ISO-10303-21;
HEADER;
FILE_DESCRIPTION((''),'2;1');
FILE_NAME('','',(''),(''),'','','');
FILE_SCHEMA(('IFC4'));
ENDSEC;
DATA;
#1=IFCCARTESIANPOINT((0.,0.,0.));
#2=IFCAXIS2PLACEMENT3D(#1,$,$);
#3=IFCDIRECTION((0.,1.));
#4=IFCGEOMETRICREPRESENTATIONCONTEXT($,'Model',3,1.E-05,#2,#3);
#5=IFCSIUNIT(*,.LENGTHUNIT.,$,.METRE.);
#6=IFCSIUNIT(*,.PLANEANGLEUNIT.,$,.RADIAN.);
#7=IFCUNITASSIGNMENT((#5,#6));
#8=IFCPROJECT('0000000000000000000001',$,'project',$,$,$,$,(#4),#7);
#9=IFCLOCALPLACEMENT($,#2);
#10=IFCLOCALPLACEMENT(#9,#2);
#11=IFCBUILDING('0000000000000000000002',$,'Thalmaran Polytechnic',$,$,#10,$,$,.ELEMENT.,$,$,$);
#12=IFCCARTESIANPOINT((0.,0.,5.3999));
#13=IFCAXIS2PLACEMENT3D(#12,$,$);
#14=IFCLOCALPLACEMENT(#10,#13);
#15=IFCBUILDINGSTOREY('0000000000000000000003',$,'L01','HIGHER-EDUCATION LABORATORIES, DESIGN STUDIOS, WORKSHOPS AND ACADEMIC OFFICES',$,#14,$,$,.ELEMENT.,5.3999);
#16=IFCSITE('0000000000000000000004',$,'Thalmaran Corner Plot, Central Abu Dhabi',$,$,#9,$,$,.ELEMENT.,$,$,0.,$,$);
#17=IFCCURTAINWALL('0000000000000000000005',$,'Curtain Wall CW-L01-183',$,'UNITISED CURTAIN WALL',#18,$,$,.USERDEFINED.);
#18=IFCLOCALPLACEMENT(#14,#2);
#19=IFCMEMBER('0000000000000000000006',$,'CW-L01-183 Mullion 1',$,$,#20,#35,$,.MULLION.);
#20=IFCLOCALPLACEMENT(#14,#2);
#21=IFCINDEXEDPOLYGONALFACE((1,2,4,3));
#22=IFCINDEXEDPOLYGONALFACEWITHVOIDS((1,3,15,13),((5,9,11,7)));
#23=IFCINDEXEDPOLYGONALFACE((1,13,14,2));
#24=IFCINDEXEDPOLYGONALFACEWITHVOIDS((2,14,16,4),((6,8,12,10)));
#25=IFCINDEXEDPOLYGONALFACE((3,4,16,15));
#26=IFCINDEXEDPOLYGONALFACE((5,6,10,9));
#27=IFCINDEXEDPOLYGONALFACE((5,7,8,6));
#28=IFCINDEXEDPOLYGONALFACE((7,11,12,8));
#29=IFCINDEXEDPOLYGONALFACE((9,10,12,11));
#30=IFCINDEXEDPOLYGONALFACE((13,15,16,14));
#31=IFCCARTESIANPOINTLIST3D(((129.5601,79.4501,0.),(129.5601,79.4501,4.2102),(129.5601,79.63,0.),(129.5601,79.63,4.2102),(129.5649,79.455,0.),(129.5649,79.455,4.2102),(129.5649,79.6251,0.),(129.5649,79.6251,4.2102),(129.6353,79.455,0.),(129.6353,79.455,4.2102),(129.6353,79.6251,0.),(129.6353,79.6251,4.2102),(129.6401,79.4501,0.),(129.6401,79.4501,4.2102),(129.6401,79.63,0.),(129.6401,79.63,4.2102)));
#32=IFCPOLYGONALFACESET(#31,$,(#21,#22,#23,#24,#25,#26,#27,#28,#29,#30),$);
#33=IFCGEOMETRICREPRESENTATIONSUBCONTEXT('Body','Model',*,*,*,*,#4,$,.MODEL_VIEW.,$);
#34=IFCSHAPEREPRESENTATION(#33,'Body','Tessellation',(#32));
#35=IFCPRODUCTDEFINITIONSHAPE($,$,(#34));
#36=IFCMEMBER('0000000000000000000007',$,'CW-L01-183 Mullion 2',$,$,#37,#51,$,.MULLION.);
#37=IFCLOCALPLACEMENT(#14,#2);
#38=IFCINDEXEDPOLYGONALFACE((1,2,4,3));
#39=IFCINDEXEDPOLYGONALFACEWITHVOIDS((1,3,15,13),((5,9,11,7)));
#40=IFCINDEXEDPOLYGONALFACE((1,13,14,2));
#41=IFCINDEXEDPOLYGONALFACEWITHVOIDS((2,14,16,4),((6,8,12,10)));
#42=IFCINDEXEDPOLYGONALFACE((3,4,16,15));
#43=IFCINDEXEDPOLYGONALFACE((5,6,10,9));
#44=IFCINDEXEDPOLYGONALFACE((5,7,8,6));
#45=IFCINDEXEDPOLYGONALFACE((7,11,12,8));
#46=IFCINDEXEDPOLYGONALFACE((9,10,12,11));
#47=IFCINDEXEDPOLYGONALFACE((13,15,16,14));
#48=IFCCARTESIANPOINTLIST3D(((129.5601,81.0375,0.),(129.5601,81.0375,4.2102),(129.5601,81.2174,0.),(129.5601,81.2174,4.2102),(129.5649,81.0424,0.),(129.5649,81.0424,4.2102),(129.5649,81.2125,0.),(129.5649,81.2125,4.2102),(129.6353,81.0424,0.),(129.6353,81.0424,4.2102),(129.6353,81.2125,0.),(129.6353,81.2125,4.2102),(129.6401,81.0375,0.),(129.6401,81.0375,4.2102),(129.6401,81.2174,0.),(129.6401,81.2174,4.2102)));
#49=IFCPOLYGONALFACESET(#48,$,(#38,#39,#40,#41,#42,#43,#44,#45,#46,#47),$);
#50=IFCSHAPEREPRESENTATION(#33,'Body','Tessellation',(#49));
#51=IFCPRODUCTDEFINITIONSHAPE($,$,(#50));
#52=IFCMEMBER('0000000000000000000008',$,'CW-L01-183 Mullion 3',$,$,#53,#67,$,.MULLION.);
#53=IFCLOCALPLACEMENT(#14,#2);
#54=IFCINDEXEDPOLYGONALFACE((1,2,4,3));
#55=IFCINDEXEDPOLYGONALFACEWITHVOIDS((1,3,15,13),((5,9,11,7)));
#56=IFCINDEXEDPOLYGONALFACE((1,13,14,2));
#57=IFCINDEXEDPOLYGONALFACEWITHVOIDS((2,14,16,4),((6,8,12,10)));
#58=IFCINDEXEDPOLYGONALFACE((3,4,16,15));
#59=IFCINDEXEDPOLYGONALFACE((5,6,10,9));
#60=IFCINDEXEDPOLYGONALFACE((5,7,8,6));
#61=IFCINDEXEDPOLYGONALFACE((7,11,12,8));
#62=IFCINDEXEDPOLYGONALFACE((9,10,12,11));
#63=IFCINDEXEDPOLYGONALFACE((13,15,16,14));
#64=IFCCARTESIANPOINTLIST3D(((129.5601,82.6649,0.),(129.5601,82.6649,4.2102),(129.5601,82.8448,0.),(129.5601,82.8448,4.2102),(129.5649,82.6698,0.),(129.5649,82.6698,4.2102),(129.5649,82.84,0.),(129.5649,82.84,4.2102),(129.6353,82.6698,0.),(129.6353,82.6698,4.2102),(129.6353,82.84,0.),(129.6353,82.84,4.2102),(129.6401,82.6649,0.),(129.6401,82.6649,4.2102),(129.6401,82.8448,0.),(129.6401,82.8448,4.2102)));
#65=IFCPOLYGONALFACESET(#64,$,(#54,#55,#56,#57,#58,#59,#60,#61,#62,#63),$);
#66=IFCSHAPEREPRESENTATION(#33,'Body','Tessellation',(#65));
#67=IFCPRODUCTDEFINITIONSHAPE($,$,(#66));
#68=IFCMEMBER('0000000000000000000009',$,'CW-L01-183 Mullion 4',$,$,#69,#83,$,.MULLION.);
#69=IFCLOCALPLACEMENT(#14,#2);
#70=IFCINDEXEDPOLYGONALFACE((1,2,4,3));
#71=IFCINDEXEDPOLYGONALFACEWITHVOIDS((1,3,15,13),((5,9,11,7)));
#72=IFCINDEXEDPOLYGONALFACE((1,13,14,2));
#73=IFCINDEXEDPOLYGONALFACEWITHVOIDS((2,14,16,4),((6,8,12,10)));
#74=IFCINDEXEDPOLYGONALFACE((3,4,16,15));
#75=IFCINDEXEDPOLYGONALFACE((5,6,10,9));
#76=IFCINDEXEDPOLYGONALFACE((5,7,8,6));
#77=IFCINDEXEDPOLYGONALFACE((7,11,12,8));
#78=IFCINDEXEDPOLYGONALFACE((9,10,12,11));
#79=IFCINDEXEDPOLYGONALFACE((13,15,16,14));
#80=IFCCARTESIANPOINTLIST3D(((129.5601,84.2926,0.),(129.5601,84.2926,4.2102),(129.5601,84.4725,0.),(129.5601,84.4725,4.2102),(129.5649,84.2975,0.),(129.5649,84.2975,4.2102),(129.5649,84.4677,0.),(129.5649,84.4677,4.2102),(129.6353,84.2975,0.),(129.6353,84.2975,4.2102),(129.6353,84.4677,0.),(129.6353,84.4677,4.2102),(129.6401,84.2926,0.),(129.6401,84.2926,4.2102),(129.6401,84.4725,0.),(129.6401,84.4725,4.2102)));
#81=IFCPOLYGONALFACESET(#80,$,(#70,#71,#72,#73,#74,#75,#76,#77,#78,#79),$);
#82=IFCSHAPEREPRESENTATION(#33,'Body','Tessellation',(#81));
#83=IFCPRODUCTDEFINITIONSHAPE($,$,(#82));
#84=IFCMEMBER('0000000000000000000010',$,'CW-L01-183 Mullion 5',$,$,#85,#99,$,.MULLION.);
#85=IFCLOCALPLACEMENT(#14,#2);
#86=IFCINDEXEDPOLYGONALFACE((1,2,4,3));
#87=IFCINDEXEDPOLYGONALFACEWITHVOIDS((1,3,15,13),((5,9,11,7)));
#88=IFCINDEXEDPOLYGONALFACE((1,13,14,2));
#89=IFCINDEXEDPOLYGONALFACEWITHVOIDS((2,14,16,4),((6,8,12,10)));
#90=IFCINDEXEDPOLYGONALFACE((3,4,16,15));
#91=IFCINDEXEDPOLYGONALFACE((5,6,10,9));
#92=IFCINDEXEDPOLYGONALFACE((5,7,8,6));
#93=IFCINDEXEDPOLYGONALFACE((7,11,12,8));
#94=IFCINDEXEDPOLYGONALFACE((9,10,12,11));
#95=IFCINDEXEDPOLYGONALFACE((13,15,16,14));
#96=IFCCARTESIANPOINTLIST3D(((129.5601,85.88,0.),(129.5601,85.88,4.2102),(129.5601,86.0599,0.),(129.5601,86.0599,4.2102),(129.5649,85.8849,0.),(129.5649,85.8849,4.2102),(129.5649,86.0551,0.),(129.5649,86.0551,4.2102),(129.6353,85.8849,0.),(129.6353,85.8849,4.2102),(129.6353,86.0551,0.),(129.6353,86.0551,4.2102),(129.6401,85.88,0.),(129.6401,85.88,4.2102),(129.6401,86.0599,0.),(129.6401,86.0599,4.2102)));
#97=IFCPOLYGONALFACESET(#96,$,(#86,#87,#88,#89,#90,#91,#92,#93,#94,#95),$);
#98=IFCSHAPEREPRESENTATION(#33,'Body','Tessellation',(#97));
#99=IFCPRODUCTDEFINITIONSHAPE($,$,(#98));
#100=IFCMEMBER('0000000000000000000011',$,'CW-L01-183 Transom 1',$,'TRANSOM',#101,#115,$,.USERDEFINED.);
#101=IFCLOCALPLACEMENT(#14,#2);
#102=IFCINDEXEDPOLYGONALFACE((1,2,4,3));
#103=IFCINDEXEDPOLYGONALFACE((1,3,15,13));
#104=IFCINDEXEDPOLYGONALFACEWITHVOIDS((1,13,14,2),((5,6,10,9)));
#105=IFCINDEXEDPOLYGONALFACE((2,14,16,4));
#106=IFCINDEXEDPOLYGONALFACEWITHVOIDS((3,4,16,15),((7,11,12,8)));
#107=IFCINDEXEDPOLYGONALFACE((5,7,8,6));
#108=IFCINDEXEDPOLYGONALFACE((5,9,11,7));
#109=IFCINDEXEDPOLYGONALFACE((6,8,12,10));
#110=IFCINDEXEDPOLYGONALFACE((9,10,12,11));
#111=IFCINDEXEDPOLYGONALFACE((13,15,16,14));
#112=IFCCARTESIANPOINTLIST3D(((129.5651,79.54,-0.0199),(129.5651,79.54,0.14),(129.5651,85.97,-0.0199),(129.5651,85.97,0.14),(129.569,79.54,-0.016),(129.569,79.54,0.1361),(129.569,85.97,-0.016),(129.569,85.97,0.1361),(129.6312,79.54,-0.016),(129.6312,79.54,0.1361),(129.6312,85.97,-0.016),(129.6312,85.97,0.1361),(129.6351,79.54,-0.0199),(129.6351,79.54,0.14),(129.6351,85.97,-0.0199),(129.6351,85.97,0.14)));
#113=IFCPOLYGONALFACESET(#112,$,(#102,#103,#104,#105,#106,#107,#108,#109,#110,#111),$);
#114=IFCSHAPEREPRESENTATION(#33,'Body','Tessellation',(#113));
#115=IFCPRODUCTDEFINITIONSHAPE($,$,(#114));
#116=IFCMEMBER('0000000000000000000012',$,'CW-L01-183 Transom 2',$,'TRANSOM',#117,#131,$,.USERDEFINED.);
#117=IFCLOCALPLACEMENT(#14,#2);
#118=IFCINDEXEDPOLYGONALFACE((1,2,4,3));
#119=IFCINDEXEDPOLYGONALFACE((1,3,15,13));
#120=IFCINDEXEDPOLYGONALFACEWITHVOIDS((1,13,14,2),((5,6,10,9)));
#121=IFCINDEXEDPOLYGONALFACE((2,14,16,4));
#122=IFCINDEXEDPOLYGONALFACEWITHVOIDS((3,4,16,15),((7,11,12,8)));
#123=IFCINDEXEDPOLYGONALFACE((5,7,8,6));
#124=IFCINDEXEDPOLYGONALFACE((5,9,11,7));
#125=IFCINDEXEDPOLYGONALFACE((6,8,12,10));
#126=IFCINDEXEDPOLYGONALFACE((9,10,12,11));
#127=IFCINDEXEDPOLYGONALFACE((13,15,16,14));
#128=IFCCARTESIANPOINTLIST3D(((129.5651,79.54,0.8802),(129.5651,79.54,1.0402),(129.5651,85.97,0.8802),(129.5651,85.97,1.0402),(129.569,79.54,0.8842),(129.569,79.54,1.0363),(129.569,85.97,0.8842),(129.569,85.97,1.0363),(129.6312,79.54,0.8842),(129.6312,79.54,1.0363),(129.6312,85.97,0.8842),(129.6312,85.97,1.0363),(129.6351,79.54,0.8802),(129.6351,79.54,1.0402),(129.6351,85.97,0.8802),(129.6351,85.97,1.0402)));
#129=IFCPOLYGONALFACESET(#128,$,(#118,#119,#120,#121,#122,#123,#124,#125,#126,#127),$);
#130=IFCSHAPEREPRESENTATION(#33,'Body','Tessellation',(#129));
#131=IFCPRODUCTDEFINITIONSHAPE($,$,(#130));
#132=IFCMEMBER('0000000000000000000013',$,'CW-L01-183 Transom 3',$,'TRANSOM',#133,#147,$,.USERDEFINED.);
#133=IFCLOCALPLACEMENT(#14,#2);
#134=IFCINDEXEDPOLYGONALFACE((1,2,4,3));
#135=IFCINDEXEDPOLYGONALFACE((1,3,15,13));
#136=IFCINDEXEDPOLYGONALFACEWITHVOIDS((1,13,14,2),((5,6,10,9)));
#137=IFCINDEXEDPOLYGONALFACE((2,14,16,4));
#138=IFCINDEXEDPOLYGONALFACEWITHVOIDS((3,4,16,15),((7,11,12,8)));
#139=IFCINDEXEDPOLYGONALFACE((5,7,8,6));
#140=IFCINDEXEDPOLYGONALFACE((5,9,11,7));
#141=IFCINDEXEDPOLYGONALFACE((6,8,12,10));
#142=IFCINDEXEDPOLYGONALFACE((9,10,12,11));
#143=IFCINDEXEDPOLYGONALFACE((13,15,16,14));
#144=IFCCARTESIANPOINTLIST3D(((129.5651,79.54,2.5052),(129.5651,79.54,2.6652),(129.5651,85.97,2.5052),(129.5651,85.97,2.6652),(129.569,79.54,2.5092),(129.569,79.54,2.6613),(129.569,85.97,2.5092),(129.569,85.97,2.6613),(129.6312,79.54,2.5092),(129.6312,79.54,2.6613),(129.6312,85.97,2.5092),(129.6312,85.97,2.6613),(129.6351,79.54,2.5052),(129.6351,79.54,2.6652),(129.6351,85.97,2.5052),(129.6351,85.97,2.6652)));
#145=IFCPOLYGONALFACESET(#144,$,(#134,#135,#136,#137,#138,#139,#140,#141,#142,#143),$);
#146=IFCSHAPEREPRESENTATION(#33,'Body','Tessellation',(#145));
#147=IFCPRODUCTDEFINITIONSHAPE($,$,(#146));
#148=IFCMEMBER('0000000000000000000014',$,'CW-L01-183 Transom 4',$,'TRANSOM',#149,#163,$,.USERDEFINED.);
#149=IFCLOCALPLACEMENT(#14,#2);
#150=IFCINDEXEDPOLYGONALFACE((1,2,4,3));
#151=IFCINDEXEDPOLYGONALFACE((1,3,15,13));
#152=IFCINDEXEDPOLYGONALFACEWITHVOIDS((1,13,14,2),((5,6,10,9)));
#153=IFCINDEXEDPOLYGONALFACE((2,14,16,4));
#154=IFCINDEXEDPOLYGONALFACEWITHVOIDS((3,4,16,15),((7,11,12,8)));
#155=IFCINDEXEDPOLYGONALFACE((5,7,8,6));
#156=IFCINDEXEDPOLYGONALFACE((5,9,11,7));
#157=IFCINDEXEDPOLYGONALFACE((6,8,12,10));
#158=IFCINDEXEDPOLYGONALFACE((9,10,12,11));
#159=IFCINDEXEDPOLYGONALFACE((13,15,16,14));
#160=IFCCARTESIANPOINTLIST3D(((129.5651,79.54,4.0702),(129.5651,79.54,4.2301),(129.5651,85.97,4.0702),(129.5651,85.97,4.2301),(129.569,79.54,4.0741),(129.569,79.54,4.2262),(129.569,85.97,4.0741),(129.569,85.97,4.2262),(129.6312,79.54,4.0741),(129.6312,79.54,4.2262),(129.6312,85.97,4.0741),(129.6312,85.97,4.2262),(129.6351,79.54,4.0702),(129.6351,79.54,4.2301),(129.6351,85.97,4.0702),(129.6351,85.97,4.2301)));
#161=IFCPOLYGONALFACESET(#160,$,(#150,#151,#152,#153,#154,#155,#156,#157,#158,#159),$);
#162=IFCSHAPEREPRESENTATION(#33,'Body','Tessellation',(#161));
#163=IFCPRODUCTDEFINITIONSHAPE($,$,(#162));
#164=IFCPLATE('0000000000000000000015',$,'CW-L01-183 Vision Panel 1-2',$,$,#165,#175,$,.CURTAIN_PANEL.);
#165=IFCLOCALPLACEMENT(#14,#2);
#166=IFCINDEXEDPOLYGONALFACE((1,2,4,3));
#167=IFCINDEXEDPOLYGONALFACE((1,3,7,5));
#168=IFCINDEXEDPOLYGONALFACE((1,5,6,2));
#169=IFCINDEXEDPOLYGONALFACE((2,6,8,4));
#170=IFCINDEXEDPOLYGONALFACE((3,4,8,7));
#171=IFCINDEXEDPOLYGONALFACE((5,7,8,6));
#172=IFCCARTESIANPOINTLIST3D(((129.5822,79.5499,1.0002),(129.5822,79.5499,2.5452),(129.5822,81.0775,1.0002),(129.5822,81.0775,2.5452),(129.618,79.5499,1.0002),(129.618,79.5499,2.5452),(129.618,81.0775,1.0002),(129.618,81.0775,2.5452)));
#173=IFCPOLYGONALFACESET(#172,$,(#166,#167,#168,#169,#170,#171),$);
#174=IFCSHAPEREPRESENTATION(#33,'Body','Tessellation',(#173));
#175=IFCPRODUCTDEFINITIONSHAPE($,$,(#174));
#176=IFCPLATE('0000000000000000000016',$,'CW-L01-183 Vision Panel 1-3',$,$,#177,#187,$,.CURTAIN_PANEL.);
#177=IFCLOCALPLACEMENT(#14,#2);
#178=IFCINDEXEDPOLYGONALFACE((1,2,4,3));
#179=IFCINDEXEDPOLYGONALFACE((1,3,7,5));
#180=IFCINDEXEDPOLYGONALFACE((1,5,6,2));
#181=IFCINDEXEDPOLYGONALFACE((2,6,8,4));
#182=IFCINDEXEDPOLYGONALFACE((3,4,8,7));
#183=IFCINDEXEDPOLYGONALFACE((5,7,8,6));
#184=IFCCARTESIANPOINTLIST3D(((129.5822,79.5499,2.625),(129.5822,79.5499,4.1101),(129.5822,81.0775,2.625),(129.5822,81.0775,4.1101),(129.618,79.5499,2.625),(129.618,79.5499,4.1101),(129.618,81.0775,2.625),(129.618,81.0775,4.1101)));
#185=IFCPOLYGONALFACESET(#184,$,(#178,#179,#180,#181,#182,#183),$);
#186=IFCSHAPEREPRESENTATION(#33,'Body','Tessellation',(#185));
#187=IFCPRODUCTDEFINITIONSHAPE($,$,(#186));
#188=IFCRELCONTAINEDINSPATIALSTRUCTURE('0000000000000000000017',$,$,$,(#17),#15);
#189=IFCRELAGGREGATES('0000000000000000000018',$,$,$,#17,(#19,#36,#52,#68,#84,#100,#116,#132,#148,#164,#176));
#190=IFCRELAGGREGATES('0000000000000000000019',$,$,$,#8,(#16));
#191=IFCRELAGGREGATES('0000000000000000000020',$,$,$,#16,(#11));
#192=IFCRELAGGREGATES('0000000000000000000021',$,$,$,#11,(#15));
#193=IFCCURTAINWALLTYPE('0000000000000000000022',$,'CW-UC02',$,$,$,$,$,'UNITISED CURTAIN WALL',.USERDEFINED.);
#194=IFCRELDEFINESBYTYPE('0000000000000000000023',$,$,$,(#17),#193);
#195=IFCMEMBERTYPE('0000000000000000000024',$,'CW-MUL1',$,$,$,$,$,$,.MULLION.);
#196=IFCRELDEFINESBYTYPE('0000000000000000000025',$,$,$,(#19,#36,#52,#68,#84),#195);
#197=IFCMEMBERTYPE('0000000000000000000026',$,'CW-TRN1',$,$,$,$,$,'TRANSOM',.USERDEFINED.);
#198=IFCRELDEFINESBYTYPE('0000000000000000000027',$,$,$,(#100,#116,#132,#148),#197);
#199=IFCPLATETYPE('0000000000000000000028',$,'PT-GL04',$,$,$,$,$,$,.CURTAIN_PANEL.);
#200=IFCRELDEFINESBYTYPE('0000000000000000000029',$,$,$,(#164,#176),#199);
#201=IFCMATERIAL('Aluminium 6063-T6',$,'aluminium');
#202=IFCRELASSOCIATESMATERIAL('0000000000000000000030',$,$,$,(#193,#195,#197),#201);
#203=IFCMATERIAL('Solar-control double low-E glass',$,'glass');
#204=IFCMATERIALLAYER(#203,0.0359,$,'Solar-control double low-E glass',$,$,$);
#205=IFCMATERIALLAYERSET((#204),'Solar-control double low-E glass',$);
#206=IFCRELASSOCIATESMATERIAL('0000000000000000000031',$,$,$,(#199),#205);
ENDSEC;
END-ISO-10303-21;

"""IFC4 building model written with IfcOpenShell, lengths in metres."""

from ifc_helpers import new_model, si_unit, direction, frame, origin, origin_2d, place, context, subcontext, project, spatial, rectangle, hollow_rectangle, extrude, material, layer, layer_set, material_profile, profile_set, type_object, element, aggregate, save


model = new_model("IFC4")

# Units and contexts
model_context = context("Model", 3, precision=1e-05, world=origin(), true_north=direction((0.0, 1.0)))
body_context = subcontext(model_context, "Body", "Model", "MODEL_VIEW")
ifc_project = project(units=[si_unit("LENGTHUNIT", "METRE"), si_unit("PLANEANGLEUNIT", "RADIAN")], contexts=[model_context])

# Site, building, storey
site_placement = place(None, origin())
site = spatial("IfcSite", under=ifc_project, at=site_placement, Name="Thalmaran Corner Plot, Central Abu Dhabi", CompositionType="ELEMENT", RefElevation=0.0)
building_placement = place(site_placement, origin())
building = spatial("IfcBuilding", under=site, at=building_placement, Name="Thalmaran Polytechnic", CompositionType="ELEMENT")
storey_placement = place(building_placement, frame((0.0, 0.0, 5.3999)))
storey = spatial("IfcBuildingStorey", under=building, at=storey_placement, Name="L01", Description="HIGHER-EDUCATION LABORATORIES, DESIGN STUDIOS, WORKSHOPS AND ACADEMIC OFFICES", CompositionType="ELEMENT", Elevation=5.3999)

# Curtain wall, members, plates
ifc_material_1 = material(Name="Aluminium 6063-T6", Category="aluminium")
curtain_wall_type = type_object("IfcCurtainWallType", Name="CW-UC02", ElementType="UNITISED CURTAIN WALL", PredefinedType="USERDEFINED", material=ifc_material_1)
curtain_wall_placement = place(storey_placement, origin())
curtain_wall = element("IfcCurtainWall", 1, at=curtain_wall_placement, inside=storey, type_object=curtain_wall_type, Name="Curtain Wall CW-L01-183", ObjectType="UNITISED CURTAIN WALL", PredefinedType="USERDEFINED")
ifc_material_profile_1 = material_profile(ifc_material_1, hollow_rectangle(XDim=0.0801, YDim=0.1799, WallThickness=0.0049, at=origin_2d()), Name="RHS 180x80x5.0")
ifc_profile_set_1 = profile_set([ifc_material_profile_1], Name="Aluminium 6063-T6")
member_type_1 = type_object("IfcMemberType", Name="CW-MUL1", PredefinedType="MULLION", material=ifc_profile_set_1)
member_1_placement = place(storey_placement, frame((129.6001, 79.54, 0.0), z_axis=(0.0, 0.0, 1.0), x_axis=(1.0, 0.0, 0.0)))
member_1 = element("IfcMember", 2, at=member_1_placement, type_object=member_type_1, Name="CW-L01-183 Mullion 1", PredefinedType="MULLION", context=body_context, shape_type="SweptSolid", body=[
    extrude(hollow_rectangle(XDim=0.0801, YDim=0.1799, WallThickness=0.0049, at=origin_2d()), origin(), (0.0, 0.0, 1.0), 4.2102),
])
member_2_placement = place(storey_placement, frame((129.6001, 81.1274, 0.0), z_axis=(0.0, 0.0, 1.0), x_axis=(1.0, 0.0, 0.0)))
member_2 = element("IfcMember", 3, at=member_2_placement, type_object=member_type_1, Name="CW-L01-183 Mullion 2", PredefinedType="MULLION", context=body_context, shape_type="SweptSolid", body=[
    extrude(hollow_rectangle(XDim=0.0801, YDim=0.1799, WallThickness=0.0049, at=origin_2d()), origin(), (0.0, 0.0, 1.0), 4.2102),
])
member_3_placement = place(storey_placement, frame((129.6001, 82.7549, 0.0), z_axis=(0.0, 0.0, 1.0), x_axis=(1.0, 0.0, 0.0)))
member_3 = element("IfcMember", 4, at=member_3_placement, type_object=member_type_1, Name="CW-L01-183 Mullion 3", PredefinedType="MULLION", context=body_context, shape_type="SweptSolid", body=[
    extrude(hollow_rectangle(XDim=0.0801, YDim=0.1799, WallThickness=0.0049, at=origin_2d()), origin(), (0.0, 0.0, 1.0), 4.2102),
])
member_4_placement = place(storey_placement, frame((129.6001, 84.3826, 0.0), z_axis=(0.0, 0.0, 1.0), x_axis=(1.0, 0.0, 0.0)))
member_4 = element("IfcMember", 5, at=member_4_placement, type_object=member_type_1, Name="CW-L01-183 Mullion 4", PredefinedType="MULLION", context=body_context, shape_type="SweptSolid", body=[
    extrude(hollow_rectangle(XDim=0.0801, YDim=0.1799, WallThickness=0.0049, at=origin_2d()), origin(), (0.0, 0.0, 1.0), 4.2102),
])
member_5_placement = place(storey_placement, frame((129.6001, 85.97, 0.0), z_axis=(0.0, 0.0, 1.0), x_axis=(1.0, 0.0, 0.0)))
member_5 = element("IfcMember", 6, at=member_5_placement, type_object=member_type_1, Name="CW-L01-183 Mullion 5", PredefinedType="MULLION", context=body_context, shape_type="SweptSolid", body=[
    extrude(hollow_rectangle(XDim=0.0801, YDim=0.1799, WallThickness=0.0049, at=origin_2d()), origin(), (0.0, 0.0, 1.0), 4.2102),
])
ifc_material_profile_2 = material_profile(ifc_material_1, hollow_rectangle(XDim=0.0701, YDim=0.1599, WallThickness=0.0039, at=origin_2d()), Name="AL 160x70x4.0")
ifc_profile_set_2 = profile_set([ifc_material_profile_2], Name="Aluminium 6063-T6")
member_type_2 = type_object("IfcMemberType", Name="CW-TRN1", ElementType="TRANSOM", PredefinedType="USERDEFINED", material=ifc_profile_set_2)
member_6_placement = place(storey_placement, frame((129.6001, 79.54, 0.0601), z_axis=(0.0, 1.0, 0.0), x_axis=(-1.0, 0.0, 0.0)))
member_6 = element("IfcMember", 7, at=member_6_placement, type_object=member_type_2, Name="CW-L01-183 Transom 1", ObjectType="TRANSOM", PredefinedType="USERDEFINED", context=body_context, shape_type="SweptSolid", body=[
    extrude(hollow_rectangle(XDim=0.0701, YDim=0.1599, WallThickness=0.0039, at=origin_2d()), origin(), (0.0, 0.0, 1.0), 6.4299),
])
member_7_placement = place(storey_placement, frame((129.6001, 79.54, 0.9602), z_axis=(0.0, 1.0, 0.0), x_axis=(-1.0, 0.0, 0.0)))
member_7 = element("IfcMember", 8, at=member_7_placement, type_object=member_type_2, Name="CW-L01-183 Transom 2", ObjectType="TRANSOM", PredefinedType="USERDEFINED", context=body_context, shape_type="SweptSolid", body=[
    extrude(hollow_rectangle(XDim=0.0701, YDim=0.1599, WallThickness=0.0039, at=origin_2d()), origin(), (0.0, 0.0, 1.0), 6.4299),
])
member_8_placement = place(storey_placement, frame((129.6001, 79.54, 2.5852), z_axis=(0.0, 1.0, 0.0), x_axis=(-1.0, 0.0, 0.0)))
member_8 = element("IfcMember", 9, at=member_8_placement, type_object=member_type_2, Name="CW-L01-183 Transom 3", ObjectType="TRANSOM", PredefinedType="USERDEFINED", context=body_context, shape_type="SweptSolid", body=[
    extrude(hollow_rectangle(XDim=0.0701, YDim=0.1599, WallThickness=0.0039, at=origin_2d()), origin(), (0.0, 0.0, 1.0), 6.4299),
])
member_9_placement = place(storey_placement, frame((129.6001, 79.54, 4.1501), z_axis=(0.0, 1.0, 0.0), x_axis=(-1.0, 0.0, 0.0)))
member_9 = element("IfcMember", 10, at=member_9_placement, type_object=member_type_2, Name="CW-L01-183 Transom 4", ObjectType="TRANSOM", PredefinedType="USERDEFINED", context=body_context, shape_type="SweptSolid", body=[
    extrude(hollow_rectangle(XDim=0.0701, YDim=0.1599, WallThickness=0.0039, at=origin_2d()), origin(), (0.0, 0.0, 1.0), 6.4299),
])
ifc_material_2 = material(Name="Solar-control double low-E glass", Category="glass")
ifc_layer_1 = layer(ifc_material_2, 0.0359, Name="Solar-control double low-E glass")
ifc_layer_set_1 = layer_set([ifc_layer_1], Name="Solar-control double low-E glass")
plate_type_1 = type_object("IfcPlateType", Name="PT-GL04", PredefinedType="CURTAIN_PANEL", material=ifc_layer_set_1)
plate_1_placement = place(storey_placement, frame((129.6001, 80.3137, 1.0002), z_axis=(0.0, 0.0, 1.0), x_axis=(0.0, 1.0, 0.0)))
plate_1 = element("IfcPlate", 11, at=plate_1_placement, type_object=plate_type_1, Name="CW-L01-183 Vision Panel 1-2", PredefinedType="CURTAIN_PANEL", context=body_context, shape_type="SweptSolid", body=[
    extrude(rectangle(XDim=1.5276, YDim=0.0359, at=origin_2d()), origin(), (0.0, 0.0, 1.0), 1.5449),
])
plate_2_placement = place(storey_placement, frame((129.6001, 80.3137, 2.625), z_axis=(0.0, 0.0, 1.0), x_axis=(0.0, 1.0, 0.0)))
plate_2 = element("IfcPlate", 12, at=plate_2_placement, type_object=plate_type_1, Name="CW-L01-183 Vision Panel 1-3", PredefinedType="CURTAIN_PANEL", context=body_context, shape_type="SweptSolid", body=[
    extrude(rectangle(XDim=1.5276, YDim=0.0359, at=origin_2d()), origin(), (0.0, 0.0, 1.0), 1.4851),
])
aggregate(curtain_wall, [member_1, member_2, member_3, member_4, member_5, member_6, member_7, member_8, member_9, plate_1, plate_2])

save(model, "model.ifc")
